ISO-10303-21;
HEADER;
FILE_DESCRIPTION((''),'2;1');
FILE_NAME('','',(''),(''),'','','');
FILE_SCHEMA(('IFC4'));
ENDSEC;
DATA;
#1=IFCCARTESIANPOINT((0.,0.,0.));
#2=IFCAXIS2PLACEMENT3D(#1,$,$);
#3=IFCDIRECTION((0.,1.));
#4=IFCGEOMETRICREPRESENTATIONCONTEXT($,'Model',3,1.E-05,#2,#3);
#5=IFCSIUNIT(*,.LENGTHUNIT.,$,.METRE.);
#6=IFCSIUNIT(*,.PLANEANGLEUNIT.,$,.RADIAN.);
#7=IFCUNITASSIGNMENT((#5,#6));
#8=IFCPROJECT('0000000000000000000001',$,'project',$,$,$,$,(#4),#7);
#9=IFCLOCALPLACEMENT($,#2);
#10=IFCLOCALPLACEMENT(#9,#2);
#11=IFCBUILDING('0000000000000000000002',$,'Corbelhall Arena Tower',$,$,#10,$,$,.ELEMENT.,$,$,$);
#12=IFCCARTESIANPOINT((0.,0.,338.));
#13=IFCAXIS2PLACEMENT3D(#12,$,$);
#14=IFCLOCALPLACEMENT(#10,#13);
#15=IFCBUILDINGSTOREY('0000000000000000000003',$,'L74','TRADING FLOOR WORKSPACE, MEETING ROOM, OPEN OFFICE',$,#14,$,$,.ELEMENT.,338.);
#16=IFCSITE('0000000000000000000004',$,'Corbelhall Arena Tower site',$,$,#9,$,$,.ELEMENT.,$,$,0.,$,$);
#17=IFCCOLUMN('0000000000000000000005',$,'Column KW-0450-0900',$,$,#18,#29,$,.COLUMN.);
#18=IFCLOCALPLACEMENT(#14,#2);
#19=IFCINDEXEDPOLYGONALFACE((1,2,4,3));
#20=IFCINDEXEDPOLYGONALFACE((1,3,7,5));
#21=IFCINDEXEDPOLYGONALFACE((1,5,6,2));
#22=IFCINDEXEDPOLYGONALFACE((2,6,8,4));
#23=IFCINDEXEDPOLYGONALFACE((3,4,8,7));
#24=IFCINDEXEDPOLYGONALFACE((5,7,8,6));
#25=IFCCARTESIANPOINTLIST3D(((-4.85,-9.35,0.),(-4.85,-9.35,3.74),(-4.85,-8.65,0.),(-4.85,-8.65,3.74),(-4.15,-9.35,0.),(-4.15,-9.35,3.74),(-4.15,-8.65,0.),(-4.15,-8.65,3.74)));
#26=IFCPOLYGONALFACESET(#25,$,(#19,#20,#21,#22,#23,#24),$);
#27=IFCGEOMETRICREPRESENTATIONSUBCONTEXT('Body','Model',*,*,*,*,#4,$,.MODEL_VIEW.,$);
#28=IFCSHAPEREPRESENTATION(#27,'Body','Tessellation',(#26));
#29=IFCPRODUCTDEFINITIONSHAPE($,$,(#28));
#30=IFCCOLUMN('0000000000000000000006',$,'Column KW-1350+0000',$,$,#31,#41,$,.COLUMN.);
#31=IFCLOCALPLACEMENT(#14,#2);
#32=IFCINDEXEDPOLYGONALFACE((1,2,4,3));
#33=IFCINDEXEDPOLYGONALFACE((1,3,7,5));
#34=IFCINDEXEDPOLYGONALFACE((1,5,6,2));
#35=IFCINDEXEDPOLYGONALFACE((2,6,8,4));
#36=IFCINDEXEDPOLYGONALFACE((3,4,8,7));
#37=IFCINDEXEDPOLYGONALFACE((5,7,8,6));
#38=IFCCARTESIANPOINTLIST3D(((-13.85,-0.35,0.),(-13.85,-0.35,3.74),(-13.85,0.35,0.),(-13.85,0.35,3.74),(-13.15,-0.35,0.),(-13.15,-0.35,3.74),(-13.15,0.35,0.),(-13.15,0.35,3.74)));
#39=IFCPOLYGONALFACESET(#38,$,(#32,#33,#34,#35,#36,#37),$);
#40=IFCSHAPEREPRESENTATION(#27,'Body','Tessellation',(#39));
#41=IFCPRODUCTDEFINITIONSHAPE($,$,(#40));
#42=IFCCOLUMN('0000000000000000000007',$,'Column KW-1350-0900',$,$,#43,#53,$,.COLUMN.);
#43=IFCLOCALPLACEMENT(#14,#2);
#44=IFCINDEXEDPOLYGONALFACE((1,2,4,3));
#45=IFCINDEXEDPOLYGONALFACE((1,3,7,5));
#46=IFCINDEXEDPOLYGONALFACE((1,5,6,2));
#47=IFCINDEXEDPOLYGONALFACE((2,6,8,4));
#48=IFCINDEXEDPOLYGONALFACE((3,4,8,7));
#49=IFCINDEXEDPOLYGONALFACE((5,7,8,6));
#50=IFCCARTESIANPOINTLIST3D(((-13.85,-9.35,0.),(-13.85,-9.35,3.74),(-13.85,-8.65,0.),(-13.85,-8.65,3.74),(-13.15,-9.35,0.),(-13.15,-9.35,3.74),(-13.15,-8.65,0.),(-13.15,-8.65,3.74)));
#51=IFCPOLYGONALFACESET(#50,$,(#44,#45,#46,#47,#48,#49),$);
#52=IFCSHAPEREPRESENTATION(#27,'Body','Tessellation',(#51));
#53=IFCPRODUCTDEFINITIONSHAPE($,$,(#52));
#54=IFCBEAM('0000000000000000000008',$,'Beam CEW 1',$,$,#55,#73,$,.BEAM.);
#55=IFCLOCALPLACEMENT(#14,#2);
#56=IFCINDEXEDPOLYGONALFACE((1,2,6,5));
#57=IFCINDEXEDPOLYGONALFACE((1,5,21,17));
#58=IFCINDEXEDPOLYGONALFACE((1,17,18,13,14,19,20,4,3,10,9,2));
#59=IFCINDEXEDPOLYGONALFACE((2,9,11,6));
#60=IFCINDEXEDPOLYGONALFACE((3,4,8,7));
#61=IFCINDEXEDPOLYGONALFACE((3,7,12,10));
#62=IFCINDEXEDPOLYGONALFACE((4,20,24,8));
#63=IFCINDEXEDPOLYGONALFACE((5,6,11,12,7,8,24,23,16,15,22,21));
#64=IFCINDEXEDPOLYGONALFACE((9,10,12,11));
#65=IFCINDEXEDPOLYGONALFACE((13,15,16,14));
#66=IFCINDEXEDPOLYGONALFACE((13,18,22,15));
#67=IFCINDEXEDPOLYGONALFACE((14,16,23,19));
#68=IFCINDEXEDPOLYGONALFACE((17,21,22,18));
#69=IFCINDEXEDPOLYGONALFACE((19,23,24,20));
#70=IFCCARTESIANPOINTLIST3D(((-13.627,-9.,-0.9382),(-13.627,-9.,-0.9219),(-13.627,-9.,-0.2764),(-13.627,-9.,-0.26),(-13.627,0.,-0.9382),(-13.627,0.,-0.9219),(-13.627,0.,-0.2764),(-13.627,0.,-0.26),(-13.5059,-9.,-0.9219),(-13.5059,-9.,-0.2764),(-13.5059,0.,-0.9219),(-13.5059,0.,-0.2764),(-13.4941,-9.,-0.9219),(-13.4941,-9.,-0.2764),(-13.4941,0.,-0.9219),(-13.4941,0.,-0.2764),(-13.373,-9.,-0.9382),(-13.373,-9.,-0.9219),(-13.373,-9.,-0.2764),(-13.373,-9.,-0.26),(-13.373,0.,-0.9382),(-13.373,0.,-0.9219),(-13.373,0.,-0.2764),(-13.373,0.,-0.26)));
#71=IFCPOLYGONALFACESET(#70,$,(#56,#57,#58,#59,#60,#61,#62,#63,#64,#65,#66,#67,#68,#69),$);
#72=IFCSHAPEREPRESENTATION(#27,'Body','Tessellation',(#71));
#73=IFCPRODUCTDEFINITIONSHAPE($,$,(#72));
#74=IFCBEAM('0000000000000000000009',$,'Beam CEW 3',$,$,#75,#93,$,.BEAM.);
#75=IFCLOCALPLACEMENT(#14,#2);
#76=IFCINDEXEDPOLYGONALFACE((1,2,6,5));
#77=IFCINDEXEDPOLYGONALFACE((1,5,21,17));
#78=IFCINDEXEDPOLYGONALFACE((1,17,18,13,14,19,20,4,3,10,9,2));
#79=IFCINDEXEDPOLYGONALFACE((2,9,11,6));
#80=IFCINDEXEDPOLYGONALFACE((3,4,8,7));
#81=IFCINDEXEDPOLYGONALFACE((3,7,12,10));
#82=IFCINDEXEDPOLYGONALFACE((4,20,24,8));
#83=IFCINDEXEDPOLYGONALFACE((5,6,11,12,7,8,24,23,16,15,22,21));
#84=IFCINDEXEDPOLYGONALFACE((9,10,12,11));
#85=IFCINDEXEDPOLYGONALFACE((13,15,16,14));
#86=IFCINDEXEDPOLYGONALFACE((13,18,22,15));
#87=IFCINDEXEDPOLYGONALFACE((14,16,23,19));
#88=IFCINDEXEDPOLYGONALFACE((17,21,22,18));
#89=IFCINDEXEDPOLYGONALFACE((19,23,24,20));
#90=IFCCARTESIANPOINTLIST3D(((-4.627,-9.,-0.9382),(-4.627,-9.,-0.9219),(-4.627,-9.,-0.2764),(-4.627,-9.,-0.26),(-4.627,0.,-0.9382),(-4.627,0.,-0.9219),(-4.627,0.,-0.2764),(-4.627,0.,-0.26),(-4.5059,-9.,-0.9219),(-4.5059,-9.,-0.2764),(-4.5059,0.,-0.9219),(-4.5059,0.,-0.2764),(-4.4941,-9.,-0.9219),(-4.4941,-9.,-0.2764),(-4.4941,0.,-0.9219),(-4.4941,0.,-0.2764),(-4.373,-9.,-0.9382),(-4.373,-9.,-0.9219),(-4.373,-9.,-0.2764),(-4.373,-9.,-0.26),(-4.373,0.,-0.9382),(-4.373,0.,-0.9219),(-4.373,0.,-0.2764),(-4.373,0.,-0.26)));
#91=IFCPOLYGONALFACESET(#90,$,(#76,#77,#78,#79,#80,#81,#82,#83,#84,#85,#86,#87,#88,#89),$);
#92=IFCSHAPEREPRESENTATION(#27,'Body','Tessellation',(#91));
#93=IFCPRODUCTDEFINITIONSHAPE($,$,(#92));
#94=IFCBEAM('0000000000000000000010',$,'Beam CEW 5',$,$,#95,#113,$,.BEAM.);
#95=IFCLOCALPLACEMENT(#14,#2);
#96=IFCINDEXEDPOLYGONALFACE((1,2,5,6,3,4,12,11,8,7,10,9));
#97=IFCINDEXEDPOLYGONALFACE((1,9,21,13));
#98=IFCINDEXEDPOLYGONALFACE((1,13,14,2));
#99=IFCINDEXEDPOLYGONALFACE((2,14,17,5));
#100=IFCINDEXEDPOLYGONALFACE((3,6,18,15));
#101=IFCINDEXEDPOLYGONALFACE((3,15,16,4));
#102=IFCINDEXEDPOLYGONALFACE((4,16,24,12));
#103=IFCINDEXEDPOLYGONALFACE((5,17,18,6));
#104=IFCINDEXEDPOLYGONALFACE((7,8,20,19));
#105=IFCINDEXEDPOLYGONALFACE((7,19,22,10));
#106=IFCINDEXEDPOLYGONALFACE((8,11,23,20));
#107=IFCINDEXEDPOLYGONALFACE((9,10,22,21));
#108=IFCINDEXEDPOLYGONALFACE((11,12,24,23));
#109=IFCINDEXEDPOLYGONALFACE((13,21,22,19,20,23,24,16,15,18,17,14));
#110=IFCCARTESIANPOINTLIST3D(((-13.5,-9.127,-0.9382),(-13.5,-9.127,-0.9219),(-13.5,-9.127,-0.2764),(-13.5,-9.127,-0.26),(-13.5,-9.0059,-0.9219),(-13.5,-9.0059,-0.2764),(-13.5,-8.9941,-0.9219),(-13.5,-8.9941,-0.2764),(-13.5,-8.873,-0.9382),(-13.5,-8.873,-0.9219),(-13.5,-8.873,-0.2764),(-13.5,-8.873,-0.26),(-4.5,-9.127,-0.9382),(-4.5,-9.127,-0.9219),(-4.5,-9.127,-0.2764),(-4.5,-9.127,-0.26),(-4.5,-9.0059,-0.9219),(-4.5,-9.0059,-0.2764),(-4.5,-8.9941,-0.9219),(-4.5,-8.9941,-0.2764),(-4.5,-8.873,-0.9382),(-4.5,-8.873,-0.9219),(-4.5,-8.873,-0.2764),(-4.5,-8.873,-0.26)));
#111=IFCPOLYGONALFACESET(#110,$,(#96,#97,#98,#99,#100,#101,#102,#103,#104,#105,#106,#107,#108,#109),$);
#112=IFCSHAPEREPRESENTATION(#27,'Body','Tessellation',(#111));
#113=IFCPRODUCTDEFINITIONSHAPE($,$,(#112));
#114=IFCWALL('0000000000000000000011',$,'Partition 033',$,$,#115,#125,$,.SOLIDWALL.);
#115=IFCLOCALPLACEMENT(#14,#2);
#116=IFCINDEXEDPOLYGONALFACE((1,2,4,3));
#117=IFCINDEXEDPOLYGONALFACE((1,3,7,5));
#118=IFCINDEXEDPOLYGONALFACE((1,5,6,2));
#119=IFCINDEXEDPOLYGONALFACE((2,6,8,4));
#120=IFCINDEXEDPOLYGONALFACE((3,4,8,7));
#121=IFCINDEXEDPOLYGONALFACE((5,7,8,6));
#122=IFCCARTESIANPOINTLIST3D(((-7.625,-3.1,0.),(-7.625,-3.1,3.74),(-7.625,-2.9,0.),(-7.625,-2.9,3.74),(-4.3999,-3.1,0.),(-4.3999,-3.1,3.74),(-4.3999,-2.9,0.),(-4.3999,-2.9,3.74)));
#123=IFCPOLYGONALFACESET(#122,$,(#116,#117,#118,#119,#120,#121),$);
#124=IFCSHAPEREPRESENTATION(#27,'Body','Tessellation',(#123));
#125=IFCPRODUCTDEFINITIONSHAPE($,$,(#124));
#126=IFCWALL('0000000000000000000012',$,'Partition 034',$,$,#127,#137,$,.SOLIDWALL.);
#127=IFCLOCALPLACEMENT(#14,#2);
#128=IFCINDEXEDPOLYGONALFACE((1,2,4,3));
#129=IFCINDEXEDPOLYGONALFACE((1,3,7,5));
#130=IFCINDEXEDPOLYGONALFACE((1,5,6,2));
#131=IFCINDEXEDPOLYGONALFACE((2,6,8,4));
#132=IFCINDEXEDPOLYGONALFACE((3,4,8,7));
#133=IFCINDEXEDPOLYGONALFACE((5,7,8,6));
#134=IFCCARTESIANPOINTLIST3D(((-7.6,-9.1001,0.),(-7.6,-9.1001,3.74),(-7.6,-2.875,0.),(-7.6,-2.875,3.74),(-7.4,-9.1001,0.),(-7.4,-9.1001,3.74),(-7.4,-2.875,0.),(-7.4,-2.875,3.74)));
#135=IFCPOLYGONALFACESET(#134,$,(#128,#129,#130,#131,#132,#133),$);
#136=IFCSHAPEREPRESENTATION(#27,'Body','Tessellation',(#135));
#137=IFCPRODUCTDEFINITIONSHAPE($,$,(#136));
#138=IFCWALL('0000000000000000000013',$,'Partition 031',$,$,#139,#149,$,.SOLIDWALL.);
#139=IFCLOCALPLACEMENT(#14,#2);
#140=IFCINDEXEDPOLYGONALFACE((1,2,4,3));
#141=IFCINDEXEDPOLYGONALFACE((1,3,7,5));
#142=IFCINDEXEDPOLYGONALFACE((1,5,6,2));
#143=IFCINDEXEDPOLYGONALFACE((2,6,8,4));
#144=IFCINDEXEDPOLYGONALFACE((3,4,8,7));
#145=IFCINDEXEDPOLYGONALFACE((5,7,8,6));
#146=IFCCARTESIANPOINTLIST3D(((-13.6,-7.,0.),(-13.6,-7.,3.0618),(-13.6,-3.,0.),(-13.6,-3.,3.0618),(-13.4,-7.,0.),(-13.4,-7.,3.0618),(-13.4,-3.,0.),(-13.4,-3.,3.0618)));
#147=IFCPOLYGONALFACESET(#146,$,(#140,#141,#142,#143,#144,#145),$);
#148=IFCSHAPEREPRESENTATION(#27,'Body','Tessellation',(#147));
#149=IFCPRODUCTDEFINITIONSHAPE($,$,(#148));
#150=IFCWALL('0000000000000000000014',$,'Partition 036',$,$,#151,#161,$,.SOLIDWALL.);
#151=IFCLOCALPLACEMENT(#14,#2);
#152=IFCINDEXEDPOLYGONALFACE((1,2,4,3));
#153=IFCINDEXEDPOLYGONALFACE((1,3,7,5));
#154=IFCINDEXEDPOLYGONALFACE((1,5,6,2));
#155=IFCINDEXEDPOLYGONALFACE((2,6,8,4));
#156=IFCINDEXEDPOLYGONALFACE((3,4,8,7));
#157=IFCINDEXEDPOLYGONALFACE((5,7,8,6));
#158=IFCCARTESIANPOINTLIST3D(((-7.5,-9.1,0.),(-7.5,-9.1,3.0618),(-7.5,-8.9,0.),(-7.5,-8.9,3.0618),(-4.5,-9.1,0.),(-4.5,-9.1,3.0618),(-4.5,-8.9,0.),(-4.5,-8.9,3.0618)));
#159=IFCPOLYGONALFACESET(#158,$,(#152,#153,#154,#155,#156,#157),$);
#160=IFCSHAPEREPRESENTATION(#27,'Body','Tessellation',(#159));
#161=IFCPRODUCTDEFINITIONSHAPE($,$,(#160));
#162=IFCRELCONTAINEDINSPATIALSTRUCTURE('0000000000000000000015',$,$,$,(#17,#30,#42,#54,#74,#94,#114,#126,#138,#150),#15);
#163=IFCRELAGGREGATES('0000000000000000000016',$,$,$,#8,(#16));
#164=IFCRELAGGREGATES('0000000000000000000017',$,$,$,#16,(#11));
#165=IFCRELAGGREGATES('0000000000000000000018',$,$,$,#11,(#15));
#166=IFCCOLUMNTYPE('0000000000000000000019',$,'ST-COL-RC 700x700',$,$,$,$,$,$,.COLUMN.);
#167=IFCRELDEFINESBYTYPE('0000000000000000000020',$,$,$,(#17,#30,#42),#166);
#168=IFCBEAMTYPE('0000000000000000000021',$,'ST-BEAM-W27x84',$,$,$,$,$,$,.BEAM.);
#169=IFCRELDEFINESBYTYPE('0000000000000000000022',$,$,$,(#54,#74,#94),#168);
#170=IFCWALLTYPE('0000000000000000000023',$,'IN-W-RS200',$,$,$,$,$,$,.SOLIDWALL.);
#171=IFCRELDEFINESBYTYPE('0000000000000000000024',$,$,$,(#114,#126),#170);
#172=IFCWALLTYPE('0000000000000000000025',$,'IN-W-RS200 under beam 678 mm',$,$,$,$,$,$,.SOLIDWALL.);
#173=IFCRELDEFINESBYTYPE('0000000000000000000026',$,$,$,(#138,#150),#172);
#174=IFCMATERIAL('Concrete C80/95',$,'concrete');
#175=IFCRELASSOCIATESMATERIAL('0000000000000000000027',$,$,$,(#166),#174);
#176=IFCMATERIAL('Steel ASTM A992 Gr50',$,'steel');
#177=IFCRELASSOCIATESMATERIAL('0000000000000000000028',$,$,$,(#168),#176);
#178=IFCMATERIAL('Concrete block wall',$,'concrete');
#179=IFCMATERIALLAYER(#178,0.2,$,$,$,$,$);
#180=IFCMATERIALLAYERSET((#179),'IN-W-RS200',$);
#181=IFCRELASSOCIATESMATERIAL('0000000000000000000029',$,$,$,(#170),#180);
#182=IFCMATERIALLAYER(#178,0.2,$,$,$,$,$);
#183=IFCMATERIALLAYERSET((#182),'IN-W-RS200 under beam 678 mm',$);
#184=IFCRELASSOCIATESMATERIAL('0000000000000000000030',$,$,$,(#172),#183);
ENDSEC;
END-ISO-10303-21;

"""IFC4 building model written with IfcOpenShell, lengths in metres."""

from ifc_helpers import new_model, si_unit, direction, frame, frame_2d, origin, origin_2d, place, context, subcontext, project, spatial, rectangle, i_section, extrude, material, layer, layer_set, material_profile, profile_set, type_object, element, save


model = new_model("IFC4")

# Units and contexts
model_context = context("Model", 3, precision=1e-05, world=origin(), true_north=direction((0.0, 1.0)))
body_context = subcontext(model_context, "Body", "Model", "MODEL_VIEW")
ifc_project = project(units=[si_unit("LENGTHUNIT", "METRE"), si_unit("PLANEANGLEUNIT", "RADIAN")], contexts=[model_context])

# Site, building, storey
site_placement = place(None, origin())
site = spatial("IfcSite", under=ifc_project, at=site_placement, Name="Corbelhall Arena Tower site", CompositionType="ELEMENT", RefElevation=0.0)
building_placement = place(site_placement, origin())
building = spatial("IfcBuilding", under=site, at=building_placement, Name="Corbelhall Arena Tower", CompositionType="ELEMENT")
storey_placement = place(building_placement, frame((0.0, 0.0, 338.0)))
storey = spatial("IfcBuildingStorey", under=building, at=storey_placement, Name="L74", Description="TRADING FLOOR WORKSPACE, MEETING ROOM, OPEN OFFICE", CompositionType="ELEMENT", Elevation=338.0)

# Columns
ifc_material_1 = material(Name="Concrete C80/95", Category="concrete")
ifc_material_profile_1 = material_profile(ifc_material_1, rectangle(XDim=0.7, YDim=0.7, at=origin_2d()))
ifc_profile_set_1 = profile_set([ifc_material_profile_1], Name="Concrete C80/95")
column_type = type_object("IfcColumnType", Name="ST-COL-RC 700x700", PredefinedType="COLUMN", material=ifc_profile_set_1)
for number, where, z_axis, x_axis, name in (
    (1, (-4.5, -9.0, 0.0), (0.0, 0.0, 1.0), (1.0, 0.0, 0.0), "Column KW-0450-0900"),
    (2, (-13.5, 0.0, 0.0), (0.0, 0.0, 1.0), (1.0, 0.0, 0.0), "Column KW-1350+0000"),
    (3, (-13.5, -9.0, 0.0), (0.0, 0.0, 1.0), (1.0, 0.0, 0.0), "Column KW-1350-0900"),
):
    element("IfcColumn", number, at=place(storey_placement, frame(where, z_axis=z_axis, x_axis=x_axis)), inside=storey, type_object=column_type, Name=name, PredefinedType="COLUMN", context=body_context, shape_type="SweptSolid", body=[
        extrude(rectangle(XDim=0.7, YDim=0.7, at=origin_2d()), origin(), (0.0, 0.0, 1.0), 3.74),
    ])

# Beams
ifc_material_2 = material(Name="Steel ASTM A992 Gr50", Category="steel")
ifc_material_profile_2 = material_profile(ifc_material_2, i_section(OverallWidth=0.2539, OverallDepth=0.6782, WebThickness=0.0117, FlangeThickness=0.0164, at=origin_2d()))
ifc_profile_set_2 = profile_set([ifc_material_profile_2], Name="Steel ASTM A992 Gr50")
beam_type = type_object("IfcBeamType", Name="ST-BEAM-W27x84", PredefinedType="BEAM", material=ifc_profile_set_2)
for number, where, z_axis, x_axis, name in (
    (4, (-13.5, -9.0, -0.5991), (0.0, 1.0, 0.0), (-1.0, 0.0, 0.0), "Beam CEW 1"),
    (5, (-4.5, -9.0, -0.5991), (0.0, 1.0, 0.0), (-1.0, 0.0, 0.0), "Beam CEW 3"),
    (6, (-13.5, -9.0, -0.5991), (1.0, 0.0, 0.0), (0.0, 1.0, 0.0), "Beam CEW 5"),
):
    element("IfcBeam", number, at=place(storey_placement, frame(where, z_axis=z_axis, x_axis=x_axis)), inside=storey, type_object=beam_type, Name=name, PredefinedType="BEAM", context=body_context, shape_type="SweptSolid", body=[
        extrude(i_section(OverallWidth=0.2539, OverallDepth=0.6782, WebThickness=0.0117, FlangeThickness=0.0164, at=origin_2d()), origin(), (0.0, 0.0, 1.0), 9.0),
    ])

# Shared definitions
ifc_material_3 = material(Name="Concrete block wall", Category="concrete")
ifc_layer_1 = layer(ifc_material_3, 0.2)
ifc_layer_set_1 = layer_set([ifc_layer_1], Name="IN-W-RS200")
wall_type_1 = type_object("IfcWallType", Name="IN-W-RS200", PredefinedType="SOLIDWALL", material=ifc_layer_set_1)

# Walls
wall_1_placement = place(storey_placement, frame((-7.625, -3.0, 0.0), z_axis=(0.0, 0.0, 1.0), x_axis=(1.0, 0.0, 0.0)))
element("IfcWall", 7, at=wall_1_placement, inside=storey, type_object=wall_type_1, Name="Partition 033", PredefinedType="SOLIDWALL", context=body_context, shape_type="SweptSolid", body=[
    extrude(rectangle(XDim=3.2251, YDim=0.2, at=frame_2d((1.6125, 0.0))), origin(), (0.0, 0.0, 1.0), 3.74),
])
wall_2_placement = place(storey_placement, frame((-7.5, -9.1001, 0.0), z_axis=(0.0, 0.0, 1.0), x_axis=(0.0, 1.0, 0.0)))
element("IfcWall", 8, at=wall_2_placement, inside=storey, type_object=wall_type_1, Name="Partition 034", PredefinedType="SOLIDWALL", context=body_context, shape_type="SweptSolid", body=[
    extrude(rectangle(XDim=6.2251, YDim=0.2, at=frame_2d((3.1125, 0.0))), origin(), (0.0, 0.0, 1.0), 3.74),
])
ifc_layer_2 = layer(ifc_material_3, 0.2)
ifc_layer_set_2 = layer_set([ifc_layer_2], Name="IN-W-RS200 under beam 678 mm")
wall_type_2 = type_object("IfcWallType", Name="IN-W-RS200 under beam 678 mm", PredefinedType="SOLIDWALL", material=ifc_layer_set_2)
wall_3_placement = place(storey_placement, frame((-13.5, -7.0, 0.0), z_axis=(0.0, 0.0, 1.0), x_axis=(0.0, 1.0, 0.0)))
element("IfcWall", 9, at=wall_3_placement, inside=storey, type_object=wall_type_2, Name="Partition 031", PredefinedType="SOLIDWALL", context=body_context, shape_type="SweptSolid", body=[
    extrude(rectangle(XDim=4.0, YDim=0.2, at=frame_2d((2.0, 0.0))), origin(), (0.0, 0.0, 1.0), 3.0618),
])
wall_4_placement = place(storey_placement, frame((-4.5, -9.0, 0.0), z_axis=(0.0, 0.0, 1.0), x_axis=(-1.0, 0.0, 0.0)))
element("IfcWall", 10, at=wall_4_placement, inside=storey, type_object=wall_type_2, Name="Partition 036", PredefinedType="SOLIDWALL", context=body_context, shape_type="SweptSolid", body=[
    extrude(rectangle(XDim=3.0, YDim=0.2, at=frame_2d((1.5, 0.0))), origin(), (0.0, 0.0, 1.0), 3.0618),
])

save(model, "model.ifc")
